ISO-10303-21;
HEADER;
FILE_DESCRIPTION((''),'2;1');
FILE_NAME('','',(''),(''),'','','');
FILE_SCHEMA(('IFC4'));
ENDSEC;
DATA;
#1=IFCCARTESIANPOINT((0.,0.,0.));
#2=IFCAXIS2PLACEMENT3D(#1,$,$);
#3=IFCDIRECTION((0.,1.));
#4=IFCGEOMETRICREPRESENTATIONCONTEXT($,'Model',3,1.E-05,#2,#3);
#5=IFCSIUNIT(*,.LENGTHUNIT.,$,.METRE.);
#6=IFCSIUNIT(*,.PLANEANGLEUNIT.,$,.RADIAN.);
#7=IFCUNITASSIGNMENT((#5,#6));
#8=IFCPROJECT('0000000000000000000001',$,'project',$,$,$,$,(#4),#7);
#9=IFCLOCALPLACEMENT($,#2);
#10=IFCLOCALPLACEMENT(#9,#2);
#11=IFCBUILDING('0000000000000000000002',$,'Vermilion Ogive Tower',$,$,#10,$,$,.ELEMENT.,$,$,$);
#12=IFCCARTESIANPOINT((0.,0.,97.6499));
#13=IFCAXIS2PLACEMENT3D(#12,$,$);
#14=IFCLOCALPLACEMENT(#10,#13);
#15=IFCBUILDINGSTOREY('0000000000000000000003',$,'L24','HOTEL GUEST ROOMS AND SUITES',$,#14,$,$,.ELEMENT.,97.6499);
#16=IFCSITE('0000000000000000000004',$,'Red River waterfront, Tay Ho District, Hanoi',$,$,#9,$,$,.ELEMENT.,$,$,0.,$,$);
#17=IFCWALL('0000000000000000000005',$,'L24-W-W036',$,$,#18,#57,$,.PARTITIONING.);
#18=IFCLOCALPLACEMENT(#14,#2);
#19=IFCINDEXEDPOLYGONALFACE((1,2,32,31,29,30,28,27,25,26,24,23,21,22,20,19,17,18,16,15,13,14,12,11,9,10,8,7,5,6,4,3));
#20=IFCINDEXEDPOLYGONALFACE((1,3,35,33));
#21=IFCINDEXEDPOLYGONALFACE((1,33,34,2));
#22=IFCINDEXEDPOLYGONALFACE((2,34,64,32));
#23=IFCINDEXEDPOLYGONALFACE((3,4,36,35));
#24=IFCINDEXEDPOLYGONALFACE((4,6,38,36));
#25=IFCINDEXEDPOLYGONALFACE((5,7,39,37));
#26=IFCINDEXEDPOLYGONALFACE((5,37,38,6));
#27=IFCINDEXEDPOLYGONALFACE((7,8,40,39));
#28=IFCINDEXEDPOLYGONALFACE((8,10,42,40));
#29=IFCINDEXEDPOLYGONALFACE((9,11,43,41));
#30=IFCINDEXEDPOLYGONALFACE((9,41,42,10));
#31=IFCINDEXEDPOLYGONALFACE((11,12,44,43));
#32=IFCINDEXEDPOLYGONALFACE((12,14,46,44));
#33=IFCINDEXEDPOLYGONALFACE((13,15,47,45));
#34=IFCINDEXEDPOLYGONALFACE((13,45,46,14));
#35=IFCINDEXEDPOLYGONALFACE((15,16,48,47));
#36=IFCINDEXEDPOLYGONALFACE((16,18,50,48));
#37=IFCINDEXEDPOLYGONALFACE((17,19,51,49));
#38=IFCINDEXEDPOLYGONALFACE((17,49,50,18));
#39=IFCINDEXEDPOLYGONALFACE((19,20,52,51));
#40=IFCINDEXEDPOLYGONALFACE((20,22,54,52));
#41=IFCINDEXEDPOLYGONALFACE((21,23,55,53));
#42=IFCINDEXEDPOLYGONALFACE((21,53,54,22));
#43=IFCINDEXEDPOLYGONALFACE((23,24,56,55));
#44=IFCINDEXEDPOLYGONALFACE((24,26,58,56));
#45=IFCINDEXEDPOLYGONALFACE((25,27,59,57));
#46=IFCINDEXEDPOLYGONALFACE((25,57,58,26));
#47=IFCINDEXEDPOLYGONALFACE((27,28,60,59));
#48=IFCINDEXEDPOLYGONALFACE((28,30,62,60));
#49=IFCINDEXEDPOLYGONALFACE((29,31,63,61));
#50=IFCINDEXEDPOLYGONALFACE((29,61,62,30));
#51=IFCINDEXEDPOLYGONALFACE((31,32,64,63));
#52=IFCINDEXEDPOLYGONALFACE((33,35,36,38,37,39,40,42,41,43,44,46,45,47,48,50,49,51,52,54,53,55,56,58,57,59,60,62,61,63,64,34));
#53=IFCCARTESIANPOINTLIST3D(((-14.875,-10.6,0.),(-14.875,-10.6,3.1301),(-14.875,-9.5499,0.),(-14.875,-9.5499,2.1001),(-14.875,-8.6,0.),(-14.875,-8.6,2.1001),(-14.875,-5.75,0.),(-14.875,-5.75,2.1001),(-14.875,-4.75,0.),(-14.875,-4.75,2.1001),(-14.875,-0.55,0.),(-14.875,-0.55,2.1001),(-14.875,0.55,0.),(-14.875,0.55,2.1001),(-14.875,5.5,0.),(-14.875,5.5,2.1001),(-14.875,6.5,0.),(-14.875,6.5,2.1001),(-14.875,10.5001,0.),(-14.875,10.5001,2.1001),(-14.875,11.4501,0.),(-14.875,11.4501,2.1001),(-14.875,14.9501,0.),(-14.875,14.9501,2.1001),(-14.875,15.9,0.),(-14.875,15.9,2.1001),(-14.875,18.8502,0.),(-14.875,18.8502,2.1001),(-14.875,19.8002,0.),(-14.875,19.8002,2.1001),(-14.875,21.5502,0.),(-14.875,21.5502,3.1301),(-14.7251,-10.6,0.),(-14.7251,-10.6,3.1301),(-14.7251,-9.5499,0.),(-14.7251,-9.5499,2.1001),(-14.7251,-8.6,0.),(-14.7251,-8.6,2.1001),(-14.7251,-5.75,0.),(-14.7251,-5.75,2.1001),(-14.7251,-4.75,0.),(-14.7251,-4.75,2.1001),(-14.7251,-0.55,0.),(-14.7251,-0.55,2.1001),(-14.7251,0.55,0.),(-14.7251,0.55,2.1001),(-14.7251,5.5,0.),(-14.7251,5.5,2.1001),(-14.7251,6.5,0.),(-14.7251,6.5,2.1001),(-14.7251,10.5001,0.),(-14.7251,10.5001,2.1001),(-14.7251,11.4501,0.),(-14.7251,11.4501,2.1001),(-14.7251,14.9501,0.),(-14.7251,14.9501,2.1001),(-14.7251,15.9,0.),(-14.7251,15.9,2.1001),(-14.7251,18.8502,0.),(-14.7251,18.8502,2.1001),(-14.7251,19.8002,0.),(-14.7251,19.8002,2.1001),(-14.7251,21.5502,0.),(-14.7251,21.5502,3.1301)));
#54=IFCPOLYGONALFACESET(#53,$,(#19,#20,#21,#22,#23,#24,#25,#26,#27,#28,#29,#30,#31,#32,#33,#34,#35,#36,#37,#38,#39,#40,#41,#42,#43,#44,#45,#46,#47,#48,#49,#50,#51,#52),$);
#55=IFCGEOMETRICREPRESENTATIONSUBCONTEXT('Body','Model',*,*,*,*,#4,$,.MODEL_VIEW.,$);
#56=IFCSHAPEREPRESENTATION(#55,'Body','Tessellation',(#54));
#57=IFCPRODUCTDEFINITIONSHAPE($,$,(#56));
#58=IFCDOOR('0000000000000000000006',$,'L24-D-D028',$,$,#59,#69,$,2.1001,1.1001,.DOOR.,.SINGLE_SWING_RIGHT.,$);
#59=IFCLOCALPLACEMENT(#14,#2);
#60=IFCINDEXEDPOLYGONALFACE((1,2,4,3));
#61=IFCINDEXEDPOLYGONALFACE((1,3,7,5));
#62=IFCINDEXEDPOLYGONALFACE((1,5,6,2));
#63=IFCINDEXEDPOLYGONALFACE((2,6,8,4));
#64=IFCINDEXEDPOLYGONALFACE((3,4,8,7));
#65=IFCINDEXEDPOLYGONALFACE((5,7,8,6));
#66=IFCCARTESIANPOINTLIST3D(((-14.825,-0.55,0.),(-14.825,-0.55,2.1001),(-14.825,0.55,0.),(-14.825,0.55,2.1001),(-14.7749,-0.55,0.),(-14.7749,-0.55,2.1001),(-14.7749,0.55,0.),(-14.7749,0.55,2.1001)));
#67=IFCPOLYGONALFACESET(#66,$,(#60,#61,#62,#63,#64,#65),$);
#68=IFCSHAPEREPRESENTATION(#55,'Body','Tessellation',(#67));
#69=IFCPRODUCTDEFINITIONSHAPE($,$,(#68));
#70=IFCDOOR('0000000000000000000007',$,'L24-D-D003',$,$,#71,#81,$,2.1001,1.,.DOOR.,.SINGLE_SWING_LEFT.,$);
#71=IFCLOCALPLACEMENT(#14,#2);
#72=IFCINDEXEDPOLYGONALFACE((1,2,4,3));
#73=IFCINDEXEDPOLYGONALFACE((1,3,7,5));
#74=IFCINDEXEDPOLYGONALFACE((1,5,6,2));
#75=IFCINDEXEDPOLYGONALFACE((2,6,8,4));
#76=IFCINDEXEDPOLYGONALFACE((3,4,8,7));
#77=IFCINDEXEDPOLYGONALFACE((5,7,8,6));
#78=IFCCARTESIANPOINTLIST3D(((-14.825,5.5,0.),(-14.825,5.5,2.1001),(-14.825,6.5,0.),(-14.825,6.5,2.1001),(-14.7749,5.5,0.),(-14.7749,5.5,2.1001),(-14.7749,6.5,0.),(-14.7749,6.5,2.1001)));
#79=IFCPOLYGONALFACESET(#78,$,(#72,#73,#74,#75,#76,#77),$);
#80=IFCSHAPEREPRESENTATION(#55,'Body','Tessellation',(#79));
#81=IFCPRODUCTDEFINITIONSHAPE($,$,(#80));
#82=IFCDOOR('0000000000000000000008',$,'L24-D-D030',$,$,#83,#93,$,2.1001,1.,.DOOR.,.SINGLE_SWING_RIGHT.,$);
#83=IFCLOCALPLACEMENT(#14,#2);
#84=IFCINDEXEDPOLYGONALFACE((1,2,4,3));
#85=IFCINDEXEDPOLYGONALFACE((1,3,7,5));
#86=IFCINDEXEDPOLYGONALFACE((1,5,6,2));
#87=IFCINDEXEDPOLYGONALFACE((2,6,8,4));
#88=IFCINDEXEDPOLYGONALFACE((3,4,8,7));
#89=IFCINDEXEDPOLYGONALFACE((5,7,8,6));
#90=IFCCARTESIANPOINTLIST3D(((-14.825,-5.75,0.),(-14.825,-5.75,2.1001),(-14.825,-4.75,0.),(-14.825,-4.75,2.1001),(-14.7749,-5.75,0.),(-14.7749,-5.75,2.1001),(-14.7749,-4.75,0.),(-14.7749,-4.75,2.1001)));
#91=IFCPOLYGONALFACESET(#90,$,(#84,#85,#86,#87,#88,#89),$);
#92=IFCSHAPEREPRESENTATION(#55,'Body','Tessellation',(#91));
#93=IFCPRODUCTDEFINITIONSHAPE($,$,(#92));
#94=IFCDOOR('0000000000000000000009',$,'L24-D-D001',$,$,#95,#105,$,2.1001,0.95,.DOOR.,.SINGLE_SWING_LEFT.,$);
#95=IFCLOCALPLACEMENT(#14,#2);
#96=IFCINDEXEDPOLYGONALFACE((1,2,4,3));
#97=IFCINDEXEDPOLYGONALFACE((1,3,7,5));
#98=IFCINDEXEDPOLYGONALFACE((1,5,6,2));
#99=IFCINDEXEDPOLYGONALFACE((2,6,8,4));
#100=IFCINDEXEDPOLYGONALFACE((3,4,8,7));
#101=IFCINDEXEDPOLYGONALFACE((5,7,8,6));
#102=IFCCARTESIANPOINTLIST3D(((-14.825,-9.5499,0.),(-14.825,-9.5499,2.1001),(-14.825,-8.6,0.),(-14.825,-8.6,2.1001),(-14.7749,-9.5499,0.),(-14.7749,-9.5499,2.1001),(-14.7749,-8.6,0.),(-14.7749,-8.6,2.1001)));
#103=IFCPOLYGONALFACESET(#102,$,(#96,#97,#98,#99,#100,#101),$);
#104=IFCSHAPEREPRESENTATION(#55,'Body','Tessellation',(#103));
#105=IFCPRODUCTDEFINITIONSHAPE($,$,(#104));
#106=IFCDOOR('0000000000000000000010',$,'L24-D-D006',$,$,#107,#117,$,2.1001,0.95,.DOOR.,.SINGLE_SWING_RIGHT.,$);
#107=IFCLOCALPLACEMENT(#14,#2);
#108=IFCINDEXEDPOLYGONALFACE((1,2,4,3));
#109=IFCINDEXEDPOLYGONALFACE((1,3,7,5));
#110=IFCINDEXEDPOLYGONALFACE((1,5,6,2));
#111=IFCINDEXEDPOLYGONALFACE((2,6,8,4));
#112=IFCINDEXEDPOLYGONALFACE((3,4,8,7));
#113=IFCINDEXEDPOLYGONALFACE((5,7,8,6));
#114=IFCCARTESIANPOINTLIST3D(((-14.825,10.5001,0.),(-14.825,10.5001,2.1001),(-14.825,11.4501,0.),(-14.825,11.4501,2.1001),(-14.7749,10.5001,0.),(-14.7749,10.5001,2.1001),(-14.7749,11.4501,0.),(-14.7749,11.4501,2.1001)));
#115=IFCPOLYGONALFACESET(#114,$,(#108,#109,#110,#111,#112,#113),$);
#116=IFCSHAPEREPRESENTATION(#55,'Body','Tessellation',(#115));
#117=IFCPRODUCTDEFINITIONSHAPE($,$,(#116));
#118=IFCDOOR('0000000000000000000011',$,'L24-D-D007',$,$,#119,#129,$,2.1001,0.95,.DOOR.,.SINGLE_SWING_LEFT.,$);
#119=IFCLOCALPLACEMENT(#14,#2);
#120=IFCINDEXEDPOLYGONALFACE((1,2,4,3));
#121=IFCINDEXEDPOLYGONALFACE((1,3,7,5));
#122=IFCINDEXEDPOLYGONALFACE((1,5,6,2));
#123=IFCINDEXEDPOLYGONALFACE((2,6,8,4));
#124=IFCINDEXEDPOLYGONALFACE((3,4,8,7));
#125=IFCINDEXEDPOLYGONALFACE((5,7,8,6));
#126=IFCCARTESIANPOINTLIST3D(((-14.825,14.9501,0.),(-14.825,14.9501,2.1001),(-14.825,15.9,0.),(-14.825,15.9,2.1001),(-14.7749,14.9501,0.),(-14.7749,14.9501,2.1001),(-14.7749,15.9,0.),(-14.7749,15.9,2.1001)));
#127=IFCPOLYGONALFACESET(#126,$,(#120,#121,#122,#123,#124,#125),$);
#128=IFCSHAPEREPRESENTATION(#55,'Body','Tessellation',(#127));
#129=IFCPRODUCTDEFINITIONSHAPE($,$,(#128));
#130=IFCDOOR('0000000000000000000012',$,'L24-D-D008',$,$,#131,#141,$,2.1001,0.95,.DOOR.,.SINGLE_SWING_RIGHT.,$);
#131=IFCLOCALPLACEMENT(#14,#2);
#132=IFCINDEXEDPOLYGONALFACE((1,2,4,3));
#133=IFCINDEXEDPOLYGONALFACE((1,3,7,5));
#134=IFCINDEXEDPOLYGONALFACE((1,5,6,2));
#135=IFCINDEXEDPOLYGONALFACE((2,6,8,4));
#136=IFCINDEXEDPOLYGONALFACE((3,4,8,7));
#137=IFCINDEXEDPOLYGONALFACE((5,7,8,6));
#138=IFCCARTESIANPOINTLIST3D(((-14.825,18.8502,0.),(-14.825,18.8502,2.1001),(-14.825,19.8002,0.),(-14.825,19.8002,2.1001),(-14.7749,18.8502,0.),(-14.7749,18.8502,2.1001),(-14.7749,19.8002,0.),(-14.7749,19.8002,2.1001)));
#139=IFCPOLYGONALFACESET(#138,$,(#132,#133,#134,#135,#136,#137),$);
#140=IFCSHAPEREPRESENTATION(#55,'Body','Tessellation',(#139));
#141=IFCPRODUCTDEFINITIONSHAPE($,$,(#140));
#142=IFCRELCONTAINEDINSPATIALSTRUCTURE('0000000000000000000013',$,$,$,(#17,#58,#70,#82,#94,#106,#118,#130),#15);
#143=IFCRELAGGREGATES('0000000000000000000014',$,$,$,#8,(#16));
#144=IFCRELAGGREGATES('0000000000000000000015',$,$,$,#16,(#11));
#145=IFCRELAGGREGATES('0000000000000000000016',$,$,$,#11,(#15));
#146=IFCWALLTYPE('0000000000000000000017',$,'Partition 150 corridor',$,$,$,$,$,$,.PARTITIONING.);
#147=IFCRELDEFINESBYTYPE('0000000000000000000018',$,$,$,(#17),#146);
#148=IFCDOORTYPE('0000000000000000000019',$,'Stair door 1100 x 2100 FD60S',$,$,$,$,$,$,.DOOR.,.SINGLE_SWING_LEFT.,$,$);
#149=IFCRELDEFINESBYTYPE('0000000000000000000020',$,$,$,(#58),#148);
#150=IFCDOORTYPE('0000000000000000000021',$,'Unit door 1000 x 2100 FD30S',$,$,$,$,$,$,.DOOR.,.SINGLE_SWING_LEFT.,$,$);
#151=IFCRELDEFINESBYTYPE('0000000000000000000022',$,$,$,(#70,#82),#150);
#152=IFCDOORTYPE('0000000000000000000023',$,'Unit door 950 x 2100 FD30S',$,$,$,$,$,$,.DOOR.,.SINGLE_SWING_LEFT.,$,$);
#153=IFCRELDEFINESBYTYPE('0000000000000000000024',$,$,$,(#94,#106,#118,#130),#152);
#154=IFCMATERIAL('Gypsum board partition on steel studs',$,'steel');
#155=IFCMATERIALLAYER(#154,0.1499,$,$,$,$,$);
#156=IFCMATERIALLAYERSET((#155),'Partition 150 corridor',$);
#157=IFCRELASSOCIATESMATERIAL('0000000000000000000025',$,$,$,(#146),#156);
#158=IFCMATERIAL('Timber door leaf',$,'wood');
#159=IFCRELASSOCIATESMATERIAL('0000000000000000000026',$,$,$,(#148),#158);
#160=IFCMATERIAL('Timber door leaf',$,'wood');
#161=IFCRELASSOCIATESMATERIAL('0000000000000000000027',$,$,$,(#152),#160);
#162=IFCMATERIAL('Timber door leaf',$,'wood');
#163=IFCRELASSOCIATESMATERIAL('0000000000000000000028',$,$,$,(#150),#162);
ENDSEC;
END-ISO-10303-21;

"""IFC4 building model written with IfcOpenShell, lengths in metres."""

from ifc_helpers import new_model, si_unit, direction, frame, frame_2d, origin, place, context, subcontext, project, spatial, rectangle, extrude, material, layer, layer_set, type_object, element, fill, save


model = new_model("IFC4")

# Units and contexts
model_context = context("Model", 3, precision=1e-05, world=origin(), true_north=direction((0.0, 1.0)))
body_context = subcontext(model_context, "Body", "Model", "MODEL_VIEW")
ifc_project = project(units=[si_unit("LENGTHUNIT", "METRE"), si_unit("PLANEANGLEUNIT", "RADIAN")], contexts=[model_context])

# Site, building, storey
site_placement = place(None, origin())
site = spatial("IfcSite", under=ifc_project, at=site_placement, Name="Red River waterfront, Tay Ho District, Hanoi", CompositionType="ELEMENT", RefElevation=0.0)
building_placement = place(site_placement, origin())
building = spatial("IfcBuilding", under=site, at=building_placement, Name="Vermilion Ogive Tower", CompositionType="ELEMENT")
storey_placement = place(building_placement, frame((0.0, 0.0, 97.6499)))
storey = spatial("IfcBuildingStorey", under=building, at=storey_placement, Name="L24", Description="HOTEL GUEST ROOMS AND SUITES", CompositionType="ELEMENT", Elevation=97.6499)

# Wall, openings, doors
ifc_material_1 = material(Name="Gypsum board partition on steel studs", Category="steel")
ifc_layer_1 = layer(ifc_material_1, 0.1499)
ifc_layer_set_1 = layer_set([ifc_layer_1], Name="Partition 150 corridor")
wall_type_1 = type_object("IfcWallType", Name="Partition 150 corridor", PredefinedType="PARTITIONING", material=ifc_layer_set_1)
ifc_material_2 = material(Name="Timber door leaf", Category="wood")
door_type_1 = type_object("IfcDoorType", Name="Stair door 1100 x 2100 FD60S", OperationType="SINGLE_SWING_LEFT", PredefinedType="DOOR", material=ifc_material_2)
ifc_material_3 = material(Name="Timber door leaf", Category="wood")
door_type_2 = type_object("IfcDoorType", Name="Unit door 950 x 2100 FD30S", OperationType="SINGLE_SWING_LEFT", PredefinedType="DOOR", material=ifc_material_3)
wall_1_placement = place(storey_placement, frame((-14.8, -10.6001, 0.0), z_axis=(0.0, 0.0, 1.0), x_axis=(0.0, 1.0, 0.0)))
wall_1 = element("IfcWall", 1, at=wall_1_placement, inside=storey, type_object=wall_type_1, Name="L24-W-W036", PredefinedType="PARTITIONING", context=body_context, shape_type="SweptSolid", body=[
    extrude(rectangle(XDim=32.1501, YDim=0.1499, at=frame_2d((16.0752, 0.0))), origin(), (0.0, 0.0, 1.0), 3.1301),
])
opening_1_placement = place(wall_1_placement, frame((1.05, 0.0, 0.0)))
opening_1 = element("IfcOpeningElement", 2, at=opening_1_placement, cuts=wall_1, PredefinedType="OPENING", context=body_context, shape_type="SweptSolid", body=[
    extrude(rectangle(XDim=0.95, YDim=2.1001, at=frame_2d((0.4751, 1.05))), frame((0.0, 0.085, 0.0), z_axis=(0.0, -1.0, 0.0), x_axis=(1.0, 0.0, 0.0)), (0.0, 0.0, 1.0), 0.1699),
])
opening_2_placement = place(wall_1_placement, frame((16.1001, 0.0, 0.0)))
opening_2 = element("IfcOpeningElement", 3, at=opening_2_placement, cuts=wall_1, PredefinedType="OPENING", context=body_context, shape_type="SweptSolid", body=[
    extrude(rectangle(XDim=1.0, YDim=2.1001, at=frame_2d((0.5, 1.05))), frame((0.0, 0.085, 0.0), z_axis=(0.0, -1.0, 0.0), x_axis=(1.0, 0.0, 0.0)), (0.0, 0.0, 1.0), 0.1699),
])
opening_3_placement = place(wall_1_placement, frame((21.1001, 0.0, 0.0)))
opening_3 = element("IfcOpeningElement", 4, at=opening_3_placement, cuts=wall_1, PredefinedType="OPENING", context=body_context, shape_type="SweptSolid", body=[
    extrude(rectangle(XDim=0.95, YDim=2.1001, at=frame_2d((0.4751, 1.05))), frame((0.0, 0.085, 0.0), z_axis=(0.0, -1.0, 0.0), x_axis=(1.0, 0.0, 0.0)), (0.0, 0.0, 1.0), 0.1699),
])
opening_4_placement = place(wall_1_placement, frame((25.55, 0.0, 0.0)))
opening_4 = element("IfcOpeningElement", 5, at=opening_4_placement, cuts=wall_1, PredefinedType="OPENING", context=body_context, shape_type="SweptSolid", body=[
    extrude(rectangle(XDim=0.95, YDim=2.1001, at=frame_2d((0.4751, 1.05))), frame((0.0, 0.085, 0.0), z_axis=(0.0, -1.0, 0.0), x_axis=(1.0, 0.0, 0.0)), (0.0, 0.0, 1.0), 0.1699),
])
opening_5_placement = place(wall_1_placement, frame((29.4502, 0.0, 0.0)))
opening_5 = element("IfcOpeningElement", 6, at=opening_5_placement, cuts=wall_1, PredefinedType="OPENING", context=body_context, shape_type="SweptSolid", body=[
    extrude(rectangle(XDim=0.95, YDim=2.1001, at=frame_2d((0.4751, 1.05))), frame((0.0, 0.085, 0.0), z_axis=(0.0, -1.0, 0.0), x_axis=(1.0, 0.0, 0.0)), (0.0, 0.0, 1.0), 0.1699),
])
opening_6_placement = place(wall_1_placement, frame((10.05, 0.0, 0.0)))
opening_6 = element("IfcOpeningElement", 7, at=opening_6_placement, cuts=wall_1, PredefinedType="OPENING", context=body_context, shape_type="SweptSolid", body=[
    extrude(rectangle(XDim=1.1001, YDim=2.1001, at=frame_2d((0.55, 1.05))), frame((0.0, 0.085, 0.0), z_axis=(0.0, -1.0, 0.0), x_axis=(1.0, 0.0, 0.0)), (0.0, 0.0, 1.0), 0.1699),
])
opening_7_placement = place(wall_1_placement, frame((4.8501, 0.0, 0.0)))
opening_7 = element("IfcOpeningElement", 8, at=opening_7_placement, cuts=wall_1, PredefinedType="OPENING", context=body_context, shape_type="SweptSolid", body=[
    extrude(rectangle(XDim=1.0, YDim=2.1001, at=frame_2d((0.5, 1.05))), frame((0.0, 0.085, 0.0), z_axis=(0.0, -1.0, 0.0), x_axis=(1.0, 0.0, 0.0)), (0.0, 0.0, 1.0), 0.1699),
])
door_1_placement = place(opening_6_placement, origin())
door_1 = element("IfcDoor", 9, at=door_1_placement, inside=storey, type_object=door_type_1, Name="L24-D-D028", OperationType="SINGLE_SWING_RIGHT", OverallHeight=2.1001, OverallWidth=1.1001, PredefinedType="DOOR", context=body_context, shape_type="SweptSolid", body=[
    extrude(rectangle(XDim=1.1001, YDim=2.1001, at=frame_2d((0.55, 1.05))), frame((0.0, 0.0249, 0.0), z_axis=(0.0, -1.0, 0.0), x_axis=(1.0, 0.0, 0.0)), (0.0, 0.0, 1.0), 0.05),
])
fill(opening_6, door_1)
ifc_material_4 = material(Name="Timber door leaf", Category="wood")
door_type_3 = type_object("IfcDoorType", Name="Unit door 1000 x 2100 FD30S", OperationType="SINGLE_SWING_LEFT", PredefinedType="DOOR", material=ifc_material_4)
door_2_placement = place(opening_2_placement, origin())
door_2 = element("IfcDoor", 10, at=door_2_placement, inside=storey, type_object=door_type_3, Name="L24-D-D003", OperationType="SINGLE_SWING_LEFT", OverallHeight=2.1001, OverallWidth=1.0, PredefinedType="DOOR", context=body_context, shape_type="SweptSolid", body=[
    extrude(rectangle(XDim=1.0, YDim=2.1001, at=frame_2d((0.5, 1.05))), frame((0.0, 0.0249, 0.0), z_axis=(0.0, -1.0, 0.0), x_axis=(1.0, 0.0, 0.0)), (0.0, 0.0, 1.0), 0.05),
])
fill(opening_2, door_2)
door_3_placement = place(opening_7_placement, origin())
door_3 = element("IfcDoor", 11, at=door_3_placement, inside=storey, type_object=door_type_3, Name="L24-D-D030", OperationType="SINGLE_SWING_RIGHT", OverallHeight=2.1001, OverallWidth=1.0, PredefinedType="DOOR", context=body_context, shape_type="SweptSolid", body=[
    extrude(rectangle(XDim=1.0, YDim=2.1001, at=frame_2d((0.5, 1.05))), frame((0.0, 0.0249, 0.0), z_axis=(0.0, -1.0, 0.0), x_axis=(1.0, 0.0, 0.0)), (0.0, 0.0, 1.0), 0.05),
])
fill(opening_7, door_3)
door_4_placement = place(opening_1_placement, origin())
door_4 = element("IfcDoor", 12, at=door_4_placement, inside=storey, type_object=door_type_2, Name="L24-D-D001", OperationType="SINGLE_SWING_LEFT", OverallHeight=2.1001, OverallWidth=0.95, PredefinedType="DOOR", context=body_context, shape_type="SweptSolid", body=[
    extrude(rectangle(XDim=0.95, YDim=2.1001, at=frame_2d((0.4751, 1.05))), frame((0.0, 0.0249, 0.0), z_axis=(0.0, -1.0, 0.0), x_axis=(1.0, 0.0, 0.0)), (0.0, 0.0, 1.0), 0.05),
])
fill(opening_1, door_4)
door_5_placement = place(opening_3_placement, origin())
door_5 = element("IfcDoor", 13, at=door_5_placement, inside=storey, type_object=door_type_2, Name="L24-D-D006", OperationType="SINGLE_SWING_RIGHT", OverallHeight=2.1001, OverallWidth=0.95, PredefinedType="DOOR", context=body_context, shape_type="SweptSolid", body=[
    extrude(rectangle(XDim=0.95, YDim=2.1001, at=frame_2d((0.4751, 1.05))), frame((0.0, 0.0249, 0.0), z_axis=(0.0, -1.0, 0.0), x_axis=(1.0, 0.0, 0.0)), (0.0, 0.0, 1.0), 0.05),
])
fill(opening_3, door_5)
door_6_placement = place(opening_4_placement, origin())
door_6 = element("IfcDoor", 14, at=door_6_placement, inside=storey, type_object=door_type_2, Name="L24-D-D007", OperationType="SINGLE_SWING_LEFT", OverallHeight=2.1001, OverallWidth=0.95, PredefinedType="DOOR", context=body_context, shape_type="SweptSolid", body=[
    extrude(rectangle(XDim=0.95, YDim=2.1001, at=frame_2d((0.4751, 1.05))), frame((0.0, 0.0249, 0.0), z_axis=(0.0, -1.0, 0.0), x_axis=(1.0, 0.0, 0.0)), (0.0, 0.0, 1.0), 0.05),
])
fill(opening_4, door_6)
door_7_placement = place(opening_5_placement, origin())
door_7 = element("IfcDoor", 15, at=door_7_placement, inside=storey, type_object=door_type_2, Name="L24-D-D008", OperationType="SINGLE_SWING_RIGHT", OverallHeight=2.1001, OverallWidth=0.95, PredefinedType="DOOR", context=body_context, shape_type="SweptSolid", body=[
    extrude(rectangle(XDim=0.95, YDim=2.1001, at=frame_2d((0.4751, 1.05))), frame((0.0, 0.0249, 0.0), z_axis=(0.0, -1.0, 0.0), x_axis=(1.0, 0.0, 0.0)), (0.0, 0.0, 1.0), 0.05),
])
fill(opening_5, door_7)

save(model, "model.ifc")
